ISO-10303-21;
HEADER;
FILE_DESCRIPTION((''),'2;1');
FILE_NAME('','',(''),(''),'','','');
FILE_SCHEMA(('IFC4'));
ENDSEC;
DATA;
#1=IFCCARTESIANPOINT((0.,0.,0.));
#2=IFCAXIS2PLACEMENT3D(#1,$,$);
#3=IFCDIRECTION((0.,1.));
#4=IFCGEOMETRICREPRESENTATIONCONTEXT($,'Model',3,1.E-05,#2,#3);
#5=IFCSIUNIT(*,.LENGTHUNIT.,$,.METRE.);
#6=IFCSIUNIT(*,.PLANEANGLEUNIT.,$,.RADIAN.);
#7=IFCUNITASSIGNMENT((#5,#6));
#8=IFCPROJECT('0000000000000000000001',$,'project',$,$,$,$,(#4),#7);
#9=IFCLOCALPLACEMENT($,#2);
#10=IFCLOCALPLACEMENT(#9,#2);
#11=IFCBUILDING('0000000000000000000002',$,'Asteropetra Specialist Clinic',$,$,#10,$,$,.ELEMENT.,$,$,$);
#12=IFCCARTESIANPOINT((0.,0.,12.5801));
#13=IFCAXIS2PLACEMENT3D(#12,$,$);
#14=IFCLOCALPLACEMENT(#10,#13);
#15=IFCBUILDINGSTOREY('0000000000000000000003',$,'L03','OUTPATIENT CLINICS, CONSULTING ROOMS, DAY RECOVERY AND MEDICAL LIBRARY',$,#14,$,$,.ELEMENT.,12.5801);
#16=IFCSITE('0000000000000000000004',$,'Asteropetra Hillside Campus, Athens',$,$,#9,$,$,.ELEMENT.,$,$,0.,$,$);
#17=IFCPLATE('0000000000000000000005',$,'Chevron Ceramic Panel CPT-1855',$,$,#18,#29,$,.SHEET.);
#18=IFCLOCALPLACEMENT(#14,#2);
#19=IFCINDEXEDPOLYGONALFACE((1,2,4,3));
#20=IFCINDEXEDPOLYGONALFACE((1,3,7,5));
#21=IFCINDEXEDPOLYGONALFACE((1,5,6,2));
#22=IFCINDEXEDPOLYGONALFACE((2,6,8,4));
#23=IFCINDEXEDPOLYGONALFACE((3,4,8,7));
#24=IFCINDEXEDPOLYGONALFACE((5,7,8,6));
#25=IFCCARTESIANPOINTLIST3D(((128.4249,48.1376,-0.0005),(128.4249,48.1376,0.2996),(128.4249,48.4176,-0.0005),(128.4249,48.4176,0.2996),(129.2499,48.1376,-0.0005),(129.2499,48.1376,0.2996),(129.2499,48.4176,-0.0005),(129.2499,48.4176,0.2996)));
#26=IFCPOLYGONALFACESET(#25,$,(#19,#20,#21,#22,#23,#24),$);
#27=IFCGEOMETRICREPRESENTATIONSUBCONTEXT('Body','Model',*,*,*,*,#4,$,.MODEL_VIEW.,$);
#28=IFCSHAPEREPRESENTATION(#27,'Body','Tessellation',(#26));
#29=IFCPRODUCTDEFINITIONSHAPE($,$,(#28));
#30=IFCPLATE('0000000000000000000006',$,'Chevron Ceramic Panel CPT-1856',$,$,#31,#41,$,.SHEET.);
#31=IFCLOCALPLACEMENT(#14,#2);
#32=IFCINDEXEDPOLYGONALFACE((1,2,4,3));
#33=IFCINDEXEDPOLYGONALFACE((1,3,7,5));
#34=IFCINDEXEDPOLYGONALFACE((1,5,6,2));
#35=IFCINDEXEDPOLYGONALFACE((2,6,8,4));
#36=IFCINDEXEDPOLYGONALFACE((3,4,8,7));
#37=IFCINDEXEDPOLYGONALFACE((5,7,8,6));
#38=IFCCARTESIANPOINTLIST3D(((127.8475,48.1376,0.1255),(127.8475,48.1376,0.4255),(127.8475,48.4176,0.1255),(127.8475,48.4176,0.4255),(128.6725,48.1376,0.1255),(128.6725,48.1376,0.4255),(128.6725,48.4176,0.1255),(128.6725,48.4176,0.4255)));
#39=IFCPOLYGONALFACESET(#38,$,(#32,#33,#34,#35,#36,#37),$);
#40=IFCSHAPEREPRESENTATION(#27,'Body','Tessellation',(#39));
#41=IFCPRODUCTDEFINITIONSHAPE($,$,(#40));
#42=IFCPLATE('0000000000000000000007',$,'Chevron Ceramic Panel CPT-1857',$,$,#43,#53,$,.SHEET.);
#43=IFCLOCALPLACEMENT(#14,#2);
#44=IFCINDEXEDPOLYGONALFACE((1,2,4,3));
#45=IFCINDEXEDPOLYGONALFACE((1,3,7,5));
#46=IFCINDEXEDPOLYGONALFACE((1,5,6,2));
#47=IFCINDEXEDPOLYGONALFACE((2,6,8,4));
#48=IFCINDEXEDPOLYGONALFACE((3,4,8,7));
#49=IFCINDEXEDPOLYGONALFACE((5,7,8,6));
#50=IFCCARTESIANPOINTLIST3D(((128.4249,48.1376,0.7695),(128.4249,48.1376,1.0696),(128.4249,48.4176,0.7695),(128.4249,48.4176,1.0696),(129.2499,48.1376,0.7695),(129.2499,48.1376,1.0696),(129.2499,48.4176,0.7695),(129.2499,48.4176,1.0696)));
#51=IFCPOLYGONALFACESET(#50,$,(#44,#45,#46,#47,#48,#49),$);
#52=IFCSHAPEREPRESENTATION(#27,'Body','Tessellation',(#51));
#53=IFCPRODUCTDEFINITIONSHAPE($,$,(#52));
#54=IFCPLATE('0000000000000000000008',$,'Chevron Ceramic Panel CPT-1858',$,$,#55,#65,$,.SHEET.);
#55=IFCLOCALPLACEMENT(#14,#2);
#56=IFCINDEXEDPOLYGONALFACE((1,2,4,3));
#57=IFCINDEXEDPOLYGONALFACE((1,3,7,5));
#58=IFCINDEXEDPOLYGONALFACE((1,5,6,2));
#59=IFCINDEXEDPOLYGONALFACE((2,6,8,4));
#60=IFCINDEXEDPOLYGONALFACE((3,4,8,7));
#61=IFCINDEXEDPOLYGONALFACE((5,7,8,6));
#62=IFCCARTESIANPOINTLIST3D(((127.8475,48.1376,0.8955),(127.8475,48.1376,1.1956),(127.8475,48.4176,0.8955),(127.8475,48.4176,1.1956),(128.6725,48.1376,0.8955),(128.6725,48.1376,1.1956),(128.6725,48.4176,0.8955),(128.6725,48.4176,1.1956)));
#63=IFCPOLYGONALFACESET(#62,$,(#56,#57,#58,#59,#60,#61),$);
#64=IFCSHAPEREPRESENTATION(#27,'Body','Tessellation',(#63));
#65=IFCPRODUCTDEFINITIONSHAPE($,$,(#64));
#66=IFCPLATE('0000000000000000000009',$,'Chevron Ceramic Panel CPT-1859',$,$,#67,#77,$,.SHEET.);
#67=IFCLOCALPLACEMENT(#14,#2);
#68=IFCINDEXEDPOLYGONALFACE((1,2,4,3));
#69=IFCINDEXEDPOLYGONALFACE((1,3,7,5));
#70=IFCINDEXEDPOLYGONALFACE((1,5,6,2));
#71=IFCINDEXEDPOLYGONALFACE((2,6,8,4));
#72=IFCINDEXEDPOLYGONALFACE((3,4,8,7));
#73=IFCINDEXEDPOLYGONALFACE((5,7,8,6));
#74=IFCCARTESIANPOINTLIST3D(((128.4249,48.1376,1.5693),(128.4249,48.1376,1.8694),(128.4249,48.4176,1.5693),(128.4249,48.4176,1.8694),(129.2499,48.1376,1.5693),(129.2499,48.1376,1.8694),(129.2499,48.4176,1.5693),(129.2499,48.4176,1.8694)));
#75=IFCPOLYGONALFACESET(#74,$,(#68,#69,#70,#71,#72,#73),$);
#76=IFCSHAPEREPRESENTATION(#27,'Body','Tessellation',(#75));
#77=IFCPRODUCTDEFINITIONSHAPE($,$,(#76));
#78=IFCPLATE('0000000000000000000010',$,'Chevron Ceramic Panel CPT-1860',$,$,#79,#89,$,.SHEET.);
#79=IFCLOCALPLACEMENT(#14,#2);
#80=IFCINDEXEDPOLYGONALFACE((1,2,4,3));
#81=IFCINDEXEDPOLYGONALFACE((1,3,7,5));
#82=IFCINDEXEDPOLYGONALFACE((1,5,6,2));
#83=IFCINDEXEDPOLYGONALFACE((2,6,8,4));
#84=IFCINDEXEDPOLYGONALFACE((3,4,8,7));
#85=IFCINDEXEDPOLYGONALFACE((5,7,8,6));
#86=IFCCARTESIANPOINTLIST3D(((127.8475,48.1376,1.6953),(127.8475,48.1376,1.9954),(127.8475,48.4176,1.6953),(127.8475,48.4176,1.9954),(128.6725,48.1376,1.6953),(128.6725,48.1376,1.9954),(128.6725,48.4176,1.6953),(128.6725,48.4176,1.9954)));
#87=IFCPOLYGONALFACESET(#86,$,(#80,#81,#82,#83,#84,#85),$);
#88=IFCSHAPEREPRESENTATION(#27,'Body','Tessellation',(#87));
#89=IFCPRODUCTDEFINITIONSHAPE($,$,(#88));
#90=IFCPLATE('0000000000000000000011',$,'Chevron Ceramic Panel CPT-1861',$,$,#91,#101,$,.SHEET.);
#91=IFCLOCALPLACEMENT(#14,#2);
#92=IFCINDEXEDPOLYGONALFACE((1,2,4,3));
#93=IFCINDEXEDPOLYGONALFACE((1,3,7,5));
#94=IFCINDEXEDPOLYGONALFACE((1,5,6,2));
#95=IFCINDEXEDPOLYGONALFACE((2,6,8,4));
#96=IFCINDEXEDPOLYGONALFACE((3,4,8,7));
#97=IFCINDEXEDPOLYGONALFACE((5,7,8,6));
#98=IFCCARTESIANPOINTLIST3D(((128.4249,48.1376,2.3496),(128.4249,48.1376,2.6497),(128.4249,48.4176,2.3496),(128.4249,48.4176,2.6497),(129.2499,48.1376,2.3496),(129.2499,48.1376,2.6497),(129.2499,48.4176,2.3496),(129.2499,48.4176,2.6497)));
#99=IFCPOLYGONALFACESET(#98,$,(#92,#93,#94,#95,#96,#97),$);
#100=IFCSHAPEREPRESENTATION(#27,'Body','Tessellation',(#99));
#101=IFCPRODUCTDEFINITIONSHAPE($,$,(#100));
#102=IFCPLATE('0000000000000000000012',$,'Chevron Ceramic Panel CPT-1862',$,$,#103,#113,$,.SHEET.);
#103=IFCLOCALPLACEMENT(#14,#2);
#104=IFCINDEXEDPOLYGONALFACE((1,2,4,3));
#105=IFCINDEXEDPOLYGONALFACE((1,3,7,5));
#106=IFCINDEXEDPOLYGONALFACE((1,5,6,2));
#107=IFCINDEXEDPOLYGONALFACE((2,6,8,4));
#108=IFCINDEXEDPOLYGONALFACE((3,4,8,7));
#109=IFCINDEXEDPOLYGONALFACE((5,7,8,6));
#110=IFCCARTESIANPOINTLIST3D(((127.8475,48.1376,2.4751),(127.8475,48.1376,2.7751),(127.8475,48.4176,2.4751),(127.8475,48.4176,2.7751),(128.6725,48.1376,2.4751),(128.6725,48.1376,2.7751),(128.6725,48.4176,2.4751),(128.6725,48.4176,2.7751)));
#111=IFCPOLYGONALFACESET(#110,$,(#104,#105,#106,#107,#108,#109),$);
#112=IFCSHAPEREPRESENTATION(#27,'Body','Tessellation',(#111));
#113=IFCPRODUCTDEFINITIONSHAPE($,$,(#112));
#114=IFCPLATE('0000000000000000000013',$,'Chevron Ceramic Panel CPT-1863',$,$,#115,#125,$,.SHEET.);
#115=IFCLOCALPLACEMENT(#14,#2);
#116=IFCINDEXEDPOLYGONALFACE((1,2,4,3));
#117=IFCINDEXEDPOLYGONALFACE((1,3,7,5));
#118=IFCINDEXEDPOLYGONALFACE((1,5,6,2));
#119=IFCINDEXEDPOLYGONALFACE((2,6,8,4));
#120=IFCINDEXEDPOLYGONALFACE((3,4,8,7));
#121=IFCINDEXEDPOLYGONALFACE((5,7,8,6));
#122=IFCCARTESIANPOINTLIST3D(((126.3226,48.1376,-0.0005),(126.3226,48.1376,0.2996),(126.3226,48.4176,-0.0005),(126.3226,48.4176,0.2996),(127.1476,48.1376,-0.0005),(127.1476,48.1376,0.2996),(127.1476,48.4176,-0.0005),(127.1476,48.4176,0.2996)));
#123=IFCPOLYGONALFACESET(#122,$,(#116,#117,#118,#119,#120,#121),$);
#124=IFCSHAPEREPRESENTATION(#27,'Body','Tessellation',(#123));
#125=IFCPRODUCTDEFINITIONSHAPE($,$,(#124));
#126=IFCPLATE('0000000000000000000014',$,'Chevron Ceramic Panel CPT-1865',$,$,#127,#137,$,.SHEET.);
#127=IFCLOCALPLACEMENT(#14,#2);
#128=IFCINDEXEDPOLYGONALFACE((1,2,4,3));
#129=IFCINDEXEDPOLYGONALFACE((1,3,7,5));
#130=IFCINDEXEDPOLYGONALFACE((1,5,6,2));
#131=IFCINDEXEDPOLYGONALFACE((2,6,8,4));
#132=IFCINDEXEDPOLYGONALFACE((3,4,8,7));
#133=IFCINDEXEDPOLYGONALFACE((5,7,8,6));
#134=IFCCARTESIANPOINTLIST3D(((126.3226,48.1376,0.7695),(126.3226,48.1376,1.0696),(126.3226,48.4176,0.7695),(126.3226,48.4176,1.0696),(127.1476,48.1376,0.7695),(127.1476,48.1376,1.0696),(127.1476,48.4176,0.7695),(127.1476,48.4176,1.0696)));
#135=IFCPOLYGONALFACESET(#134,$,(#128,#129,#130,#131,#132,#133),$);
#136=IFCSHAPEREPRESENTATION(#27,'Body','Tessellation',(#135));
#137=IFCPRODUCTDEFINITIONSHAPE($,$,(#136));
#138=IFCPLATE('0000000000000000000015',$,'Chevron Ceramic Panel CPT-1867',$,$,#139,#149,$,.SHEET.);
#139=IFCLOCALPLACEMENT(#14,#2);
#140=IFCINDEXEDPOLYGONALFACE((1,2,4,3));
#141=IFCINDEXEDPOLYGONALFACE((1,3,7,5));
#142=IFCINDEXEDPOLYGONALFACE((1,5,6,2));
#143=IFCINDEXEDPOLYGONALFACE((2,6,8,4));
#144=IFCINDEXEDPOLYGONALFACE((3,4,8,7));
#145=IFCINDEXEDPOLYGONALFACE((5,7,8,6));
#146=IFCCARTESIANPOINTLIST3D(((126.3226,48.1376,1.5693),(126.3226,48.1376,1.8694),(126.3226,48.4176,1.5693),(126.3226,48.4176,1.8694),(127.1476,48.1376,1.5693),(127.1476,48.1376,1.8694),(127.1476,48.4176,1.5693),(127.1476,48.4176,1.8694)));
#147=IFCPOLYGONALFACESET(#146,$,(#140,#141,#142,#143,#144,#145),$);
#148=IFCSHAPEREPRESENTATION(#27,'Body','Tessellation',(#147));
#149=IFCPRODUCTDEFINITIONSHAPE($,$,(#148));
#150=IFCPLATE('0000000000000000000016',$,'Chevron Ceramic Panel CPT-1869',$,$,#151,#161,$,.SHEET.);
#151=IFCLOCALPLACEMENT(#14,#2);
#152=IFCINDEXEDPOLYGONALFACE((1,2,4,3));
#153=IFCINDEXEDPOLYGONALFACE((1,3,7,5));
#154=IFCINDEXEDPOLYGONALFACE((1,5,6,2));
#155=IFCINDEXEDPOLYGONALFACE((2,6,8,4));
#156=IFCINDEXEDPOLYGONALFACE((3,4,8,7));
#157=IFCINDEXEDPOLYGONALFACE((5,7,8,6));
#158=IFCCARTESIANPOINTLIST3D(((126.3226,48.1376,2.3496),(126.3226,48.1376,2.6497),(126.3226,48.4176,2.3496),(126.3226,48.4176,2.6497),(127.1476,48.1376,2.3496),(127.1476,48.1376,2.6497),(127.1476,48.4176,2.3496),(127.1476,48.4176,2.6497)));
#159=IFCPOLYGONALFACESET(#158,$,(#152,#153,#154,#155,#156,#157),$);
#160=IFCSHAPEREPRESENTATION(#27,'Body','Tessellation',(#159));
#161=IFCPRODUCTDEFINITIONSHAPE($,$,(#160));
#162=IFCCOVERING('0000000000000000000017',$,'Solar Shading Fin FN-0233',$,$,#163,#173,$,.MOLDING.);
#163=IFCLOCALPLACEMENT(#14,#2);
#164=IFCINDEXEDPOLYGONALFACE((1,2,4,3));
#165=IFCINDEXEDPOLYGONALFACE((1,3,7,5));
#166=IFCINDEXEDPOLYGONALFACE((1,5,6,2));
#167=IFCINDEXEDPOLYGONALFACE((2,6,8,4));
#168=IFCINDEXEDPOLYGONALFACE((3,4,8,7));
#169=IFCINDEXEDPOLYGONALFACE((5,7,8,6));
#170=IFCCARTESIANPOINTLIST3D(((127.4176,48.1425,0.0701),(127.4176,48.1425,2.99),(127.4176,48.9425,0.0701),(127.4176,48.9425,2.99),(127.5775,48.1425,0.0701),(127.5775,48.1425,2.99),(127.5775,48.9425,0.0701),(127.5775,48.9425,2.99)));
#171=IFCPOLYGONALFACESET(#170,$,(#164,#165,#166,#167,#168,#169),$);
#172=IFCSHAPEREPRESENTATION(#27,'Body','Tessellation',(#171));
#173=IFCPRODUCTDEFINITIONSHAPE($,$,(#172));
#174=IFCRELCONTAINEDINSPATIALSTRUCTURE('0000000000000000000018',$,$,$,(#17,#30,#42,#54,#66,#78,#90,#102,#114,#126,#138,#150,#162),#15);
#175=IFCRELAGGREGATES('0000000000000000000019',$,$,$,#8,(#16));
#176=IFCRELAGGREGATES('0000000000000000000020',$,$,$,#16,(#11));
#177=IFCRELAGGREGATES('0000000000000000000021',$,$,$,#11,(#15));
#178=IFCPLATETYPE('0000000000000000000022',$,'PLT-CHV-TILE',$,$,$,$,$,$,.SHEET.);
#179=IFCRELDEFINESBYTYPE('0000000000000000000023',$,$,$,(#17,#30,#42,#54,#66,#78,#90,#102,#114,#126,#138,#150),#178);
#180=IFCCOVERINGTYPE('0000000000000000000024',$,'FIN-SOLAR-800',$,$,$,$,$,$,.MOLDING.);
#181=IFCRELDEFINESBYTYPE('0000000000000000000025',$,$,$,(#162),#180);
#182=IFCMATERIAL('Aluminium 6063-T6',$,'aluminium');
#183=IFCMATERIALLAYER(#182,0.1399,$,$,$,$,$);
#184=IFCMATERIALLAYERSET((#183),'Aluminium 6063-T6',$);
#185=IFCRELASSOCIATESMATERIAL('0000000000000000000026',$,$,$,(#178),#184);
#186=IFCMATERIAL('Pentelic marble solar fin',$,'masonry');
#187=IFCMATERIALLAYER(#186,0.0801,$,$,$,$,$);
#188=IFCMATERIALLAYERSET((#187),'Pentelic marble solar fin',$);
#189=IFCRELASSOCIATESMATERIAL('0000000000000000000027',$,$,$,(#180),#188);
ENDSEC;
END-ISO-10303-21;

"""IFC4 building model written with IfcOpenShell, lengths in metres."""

from ifc_helpers import new_model, si_unit, direction, frame, origin, origin_2d, place, context, subcontext, project, spatial, rectangle, extrude, material, layer, layer_set, type_object, element, save


model = new_model("IFC4")

# Units and contexts
model_context = context("Model", 3, precision=1e-05, world=origin(), true_north=direction((0.0, 1.0)))
body_context = subcontext(model_context, "Body", "Model", "MODEL_VIEW")
ifc_project = project(units=[si_unit("LENGTHUNIT", "METRE"), si_unit("PLANEANGLEUNIT", "RADIAN")], contexts=[model_context])

# Site, building, storey
site_placement = place(None, origin())
site = spatial("IfcSite", under=ifc_project, at=site_placement, Name="Asteropetra Hillside Campus, Athens", CompositionType="ELEMENT", RefElevation=0.0)
building_placement = place(site_placement, origin())
building = spatial("IfcBuilding", under=site, at=building_placement, Name="Asteropetra Specialist Clinic", CompositionType="ELEMENT")
storey_placement = place(building_placement, frame((0.0, 0.0, 12.5801)))
storey = spatial("IfcBuildingStorey", under=building, at=storey_placement, Name="L03", Description="OUTPATIENT CLINICS, CONSULTING ROOMS, DAY RECOVERY AND MEDICAL LIBRARY", CompositionType="ELEMENT", Elevation=12.5801)

# Plates
ifc_material_1 = material(Name="Aluminium 6063-T6", Category="aluminium")
ifc_layer_1 = layer(ifc_material_1, 0.1399)
ifc_layer_set_1 = layer_set([ifc_layer_1], Name="Aluminium 6063-T6")
plate_type_1 = type_object("IfcPlateType", Name="PLT-CHV-TILE", PredefinedType="SHEET", material=ifc_layer_set_1)
for number, where, z_axis, x_axis, name in (
    (1, (128.8374, 48.2776, -0.0005), (0.0, 0.0, 1.0), (1.0, 0.0, 0.0), "Chevron Ceramic Panel CPT-1855"),
    (2, (128.26, 48.2776, 0.1255), (0.0, 0.0, 1.0), (1.0, 0.0, 0.0), "Chevron Ceramic Panel CPT-1856"),
    (3, (128.8374, 48.2776, 0.7695), (0.0, 0.0, 1.0), (1.0, 0.0, 0.0), "Chevron Ceramic Panel CPT-1857"),
    (4, (128.26, 48.2776, 0.8955), (0.0, 0.0, 1.0), (1.0, 0.0, 0.0), "Chevron Ceramic Panel CPT-1858"),
    (5, (128.8374, 48.2776, 1.5693), (0.0, 0.0, 1.0), (1.0, 0.0, 0.0), "Chevron Ceramic Panel CPT-1859"),
    (6, (128.26, 48.2776, 1.6953), (0.0, 0.0, 1.0), (1.0, 0.0, 0.0), "Chevron Ceramic Panel CPT-1860"),
    (7, (128.8374, 48.2776, 2.3496), (0.0, 0.0, 1.0), (1.0, 0.0, 0.0), "Chevron Ceramic Panel CPT-1861"),
    (8, (128.26, 48.2776, 2.4751), (0.0, 0.0, 1.0), (1.0, 0.0, 0.0), "Chevron Ceramic Panel CPT-1862"),
    (9, (126.7351, 48.2776, -0.0005), (0.0, 0.0, 1.0), (1.0, 0.0, 0.0), "Chevron Ceramic Panel CPT-1863"),
    (10, (126.7351, 48.2776, 0.7695), (0.0, 0.0, 1.0), (1.0, 0.0, 0.0), "Chevron Ceramic Panel CPT-1865"),
    (11, (126.7351, 48.2776, 1.5693), (0.0, 0.0, 1.0), (1.0, 0.0, 0.0), "Chevron Ceramic Panel CPT-1867"),
    (12, (126.7351, 48.2776, 2.3496), (0.0, 0.0, 1.0), (1.0, 0.0, 0.0), "Chevron Ceramic Panel CPT-1869"),
):
    element("IfcPlate", number, at=place(storey_placement, frame(where, z_axis=z_axis, x_axis=x_axis)), inside=storey, type_object=plate_type_1, Name=name, PredefinedType="SHEET", context=body_context, shape_type="SweptSolid", body=[
        extrude(rectangle(XDim=0.825, YDim=0.28, at=origin_2d()), origin(), (0.0, 0.0, 1.0), 0.3),
    ])

# Covering
ifc_material_2 = material(Name="Pentelic marble solar fin", Category="masonry")
ifc_layer_2 = layer(ifc_material_2, 0.0801)
ifc_layer_set_2 = layer_set([ifc_layer_2], Name="Pentelic marble solar fin")
covering_type = type_object("IfcCoveringType", Name="FIN-SOLAR-800", PredefinedType="MOLDING", material=ifc_layer_set_2)
covering_placement = place(storey_placement, frame((127.4976, 48.5425, 0.0701), z_axis=(0.0, 0.0, 1.0), x_axis=(1.0, 0.0, 0.0)))
element("IfcCovering", 13, at=covering_placement, inside=storey, type_object=covering_type, Name="Solar Shading Fin FN-0233", PredefinedType="MOLDING", context=body_context, shape_type="SweptSolid", body=[
    extrude(rectangle(XDim=0.1599, YDim=0.8, at=origin_2d()), origin(), (0.0, 0.0, 1.0), 2.9199),
])

save(model, "model.ifc")
